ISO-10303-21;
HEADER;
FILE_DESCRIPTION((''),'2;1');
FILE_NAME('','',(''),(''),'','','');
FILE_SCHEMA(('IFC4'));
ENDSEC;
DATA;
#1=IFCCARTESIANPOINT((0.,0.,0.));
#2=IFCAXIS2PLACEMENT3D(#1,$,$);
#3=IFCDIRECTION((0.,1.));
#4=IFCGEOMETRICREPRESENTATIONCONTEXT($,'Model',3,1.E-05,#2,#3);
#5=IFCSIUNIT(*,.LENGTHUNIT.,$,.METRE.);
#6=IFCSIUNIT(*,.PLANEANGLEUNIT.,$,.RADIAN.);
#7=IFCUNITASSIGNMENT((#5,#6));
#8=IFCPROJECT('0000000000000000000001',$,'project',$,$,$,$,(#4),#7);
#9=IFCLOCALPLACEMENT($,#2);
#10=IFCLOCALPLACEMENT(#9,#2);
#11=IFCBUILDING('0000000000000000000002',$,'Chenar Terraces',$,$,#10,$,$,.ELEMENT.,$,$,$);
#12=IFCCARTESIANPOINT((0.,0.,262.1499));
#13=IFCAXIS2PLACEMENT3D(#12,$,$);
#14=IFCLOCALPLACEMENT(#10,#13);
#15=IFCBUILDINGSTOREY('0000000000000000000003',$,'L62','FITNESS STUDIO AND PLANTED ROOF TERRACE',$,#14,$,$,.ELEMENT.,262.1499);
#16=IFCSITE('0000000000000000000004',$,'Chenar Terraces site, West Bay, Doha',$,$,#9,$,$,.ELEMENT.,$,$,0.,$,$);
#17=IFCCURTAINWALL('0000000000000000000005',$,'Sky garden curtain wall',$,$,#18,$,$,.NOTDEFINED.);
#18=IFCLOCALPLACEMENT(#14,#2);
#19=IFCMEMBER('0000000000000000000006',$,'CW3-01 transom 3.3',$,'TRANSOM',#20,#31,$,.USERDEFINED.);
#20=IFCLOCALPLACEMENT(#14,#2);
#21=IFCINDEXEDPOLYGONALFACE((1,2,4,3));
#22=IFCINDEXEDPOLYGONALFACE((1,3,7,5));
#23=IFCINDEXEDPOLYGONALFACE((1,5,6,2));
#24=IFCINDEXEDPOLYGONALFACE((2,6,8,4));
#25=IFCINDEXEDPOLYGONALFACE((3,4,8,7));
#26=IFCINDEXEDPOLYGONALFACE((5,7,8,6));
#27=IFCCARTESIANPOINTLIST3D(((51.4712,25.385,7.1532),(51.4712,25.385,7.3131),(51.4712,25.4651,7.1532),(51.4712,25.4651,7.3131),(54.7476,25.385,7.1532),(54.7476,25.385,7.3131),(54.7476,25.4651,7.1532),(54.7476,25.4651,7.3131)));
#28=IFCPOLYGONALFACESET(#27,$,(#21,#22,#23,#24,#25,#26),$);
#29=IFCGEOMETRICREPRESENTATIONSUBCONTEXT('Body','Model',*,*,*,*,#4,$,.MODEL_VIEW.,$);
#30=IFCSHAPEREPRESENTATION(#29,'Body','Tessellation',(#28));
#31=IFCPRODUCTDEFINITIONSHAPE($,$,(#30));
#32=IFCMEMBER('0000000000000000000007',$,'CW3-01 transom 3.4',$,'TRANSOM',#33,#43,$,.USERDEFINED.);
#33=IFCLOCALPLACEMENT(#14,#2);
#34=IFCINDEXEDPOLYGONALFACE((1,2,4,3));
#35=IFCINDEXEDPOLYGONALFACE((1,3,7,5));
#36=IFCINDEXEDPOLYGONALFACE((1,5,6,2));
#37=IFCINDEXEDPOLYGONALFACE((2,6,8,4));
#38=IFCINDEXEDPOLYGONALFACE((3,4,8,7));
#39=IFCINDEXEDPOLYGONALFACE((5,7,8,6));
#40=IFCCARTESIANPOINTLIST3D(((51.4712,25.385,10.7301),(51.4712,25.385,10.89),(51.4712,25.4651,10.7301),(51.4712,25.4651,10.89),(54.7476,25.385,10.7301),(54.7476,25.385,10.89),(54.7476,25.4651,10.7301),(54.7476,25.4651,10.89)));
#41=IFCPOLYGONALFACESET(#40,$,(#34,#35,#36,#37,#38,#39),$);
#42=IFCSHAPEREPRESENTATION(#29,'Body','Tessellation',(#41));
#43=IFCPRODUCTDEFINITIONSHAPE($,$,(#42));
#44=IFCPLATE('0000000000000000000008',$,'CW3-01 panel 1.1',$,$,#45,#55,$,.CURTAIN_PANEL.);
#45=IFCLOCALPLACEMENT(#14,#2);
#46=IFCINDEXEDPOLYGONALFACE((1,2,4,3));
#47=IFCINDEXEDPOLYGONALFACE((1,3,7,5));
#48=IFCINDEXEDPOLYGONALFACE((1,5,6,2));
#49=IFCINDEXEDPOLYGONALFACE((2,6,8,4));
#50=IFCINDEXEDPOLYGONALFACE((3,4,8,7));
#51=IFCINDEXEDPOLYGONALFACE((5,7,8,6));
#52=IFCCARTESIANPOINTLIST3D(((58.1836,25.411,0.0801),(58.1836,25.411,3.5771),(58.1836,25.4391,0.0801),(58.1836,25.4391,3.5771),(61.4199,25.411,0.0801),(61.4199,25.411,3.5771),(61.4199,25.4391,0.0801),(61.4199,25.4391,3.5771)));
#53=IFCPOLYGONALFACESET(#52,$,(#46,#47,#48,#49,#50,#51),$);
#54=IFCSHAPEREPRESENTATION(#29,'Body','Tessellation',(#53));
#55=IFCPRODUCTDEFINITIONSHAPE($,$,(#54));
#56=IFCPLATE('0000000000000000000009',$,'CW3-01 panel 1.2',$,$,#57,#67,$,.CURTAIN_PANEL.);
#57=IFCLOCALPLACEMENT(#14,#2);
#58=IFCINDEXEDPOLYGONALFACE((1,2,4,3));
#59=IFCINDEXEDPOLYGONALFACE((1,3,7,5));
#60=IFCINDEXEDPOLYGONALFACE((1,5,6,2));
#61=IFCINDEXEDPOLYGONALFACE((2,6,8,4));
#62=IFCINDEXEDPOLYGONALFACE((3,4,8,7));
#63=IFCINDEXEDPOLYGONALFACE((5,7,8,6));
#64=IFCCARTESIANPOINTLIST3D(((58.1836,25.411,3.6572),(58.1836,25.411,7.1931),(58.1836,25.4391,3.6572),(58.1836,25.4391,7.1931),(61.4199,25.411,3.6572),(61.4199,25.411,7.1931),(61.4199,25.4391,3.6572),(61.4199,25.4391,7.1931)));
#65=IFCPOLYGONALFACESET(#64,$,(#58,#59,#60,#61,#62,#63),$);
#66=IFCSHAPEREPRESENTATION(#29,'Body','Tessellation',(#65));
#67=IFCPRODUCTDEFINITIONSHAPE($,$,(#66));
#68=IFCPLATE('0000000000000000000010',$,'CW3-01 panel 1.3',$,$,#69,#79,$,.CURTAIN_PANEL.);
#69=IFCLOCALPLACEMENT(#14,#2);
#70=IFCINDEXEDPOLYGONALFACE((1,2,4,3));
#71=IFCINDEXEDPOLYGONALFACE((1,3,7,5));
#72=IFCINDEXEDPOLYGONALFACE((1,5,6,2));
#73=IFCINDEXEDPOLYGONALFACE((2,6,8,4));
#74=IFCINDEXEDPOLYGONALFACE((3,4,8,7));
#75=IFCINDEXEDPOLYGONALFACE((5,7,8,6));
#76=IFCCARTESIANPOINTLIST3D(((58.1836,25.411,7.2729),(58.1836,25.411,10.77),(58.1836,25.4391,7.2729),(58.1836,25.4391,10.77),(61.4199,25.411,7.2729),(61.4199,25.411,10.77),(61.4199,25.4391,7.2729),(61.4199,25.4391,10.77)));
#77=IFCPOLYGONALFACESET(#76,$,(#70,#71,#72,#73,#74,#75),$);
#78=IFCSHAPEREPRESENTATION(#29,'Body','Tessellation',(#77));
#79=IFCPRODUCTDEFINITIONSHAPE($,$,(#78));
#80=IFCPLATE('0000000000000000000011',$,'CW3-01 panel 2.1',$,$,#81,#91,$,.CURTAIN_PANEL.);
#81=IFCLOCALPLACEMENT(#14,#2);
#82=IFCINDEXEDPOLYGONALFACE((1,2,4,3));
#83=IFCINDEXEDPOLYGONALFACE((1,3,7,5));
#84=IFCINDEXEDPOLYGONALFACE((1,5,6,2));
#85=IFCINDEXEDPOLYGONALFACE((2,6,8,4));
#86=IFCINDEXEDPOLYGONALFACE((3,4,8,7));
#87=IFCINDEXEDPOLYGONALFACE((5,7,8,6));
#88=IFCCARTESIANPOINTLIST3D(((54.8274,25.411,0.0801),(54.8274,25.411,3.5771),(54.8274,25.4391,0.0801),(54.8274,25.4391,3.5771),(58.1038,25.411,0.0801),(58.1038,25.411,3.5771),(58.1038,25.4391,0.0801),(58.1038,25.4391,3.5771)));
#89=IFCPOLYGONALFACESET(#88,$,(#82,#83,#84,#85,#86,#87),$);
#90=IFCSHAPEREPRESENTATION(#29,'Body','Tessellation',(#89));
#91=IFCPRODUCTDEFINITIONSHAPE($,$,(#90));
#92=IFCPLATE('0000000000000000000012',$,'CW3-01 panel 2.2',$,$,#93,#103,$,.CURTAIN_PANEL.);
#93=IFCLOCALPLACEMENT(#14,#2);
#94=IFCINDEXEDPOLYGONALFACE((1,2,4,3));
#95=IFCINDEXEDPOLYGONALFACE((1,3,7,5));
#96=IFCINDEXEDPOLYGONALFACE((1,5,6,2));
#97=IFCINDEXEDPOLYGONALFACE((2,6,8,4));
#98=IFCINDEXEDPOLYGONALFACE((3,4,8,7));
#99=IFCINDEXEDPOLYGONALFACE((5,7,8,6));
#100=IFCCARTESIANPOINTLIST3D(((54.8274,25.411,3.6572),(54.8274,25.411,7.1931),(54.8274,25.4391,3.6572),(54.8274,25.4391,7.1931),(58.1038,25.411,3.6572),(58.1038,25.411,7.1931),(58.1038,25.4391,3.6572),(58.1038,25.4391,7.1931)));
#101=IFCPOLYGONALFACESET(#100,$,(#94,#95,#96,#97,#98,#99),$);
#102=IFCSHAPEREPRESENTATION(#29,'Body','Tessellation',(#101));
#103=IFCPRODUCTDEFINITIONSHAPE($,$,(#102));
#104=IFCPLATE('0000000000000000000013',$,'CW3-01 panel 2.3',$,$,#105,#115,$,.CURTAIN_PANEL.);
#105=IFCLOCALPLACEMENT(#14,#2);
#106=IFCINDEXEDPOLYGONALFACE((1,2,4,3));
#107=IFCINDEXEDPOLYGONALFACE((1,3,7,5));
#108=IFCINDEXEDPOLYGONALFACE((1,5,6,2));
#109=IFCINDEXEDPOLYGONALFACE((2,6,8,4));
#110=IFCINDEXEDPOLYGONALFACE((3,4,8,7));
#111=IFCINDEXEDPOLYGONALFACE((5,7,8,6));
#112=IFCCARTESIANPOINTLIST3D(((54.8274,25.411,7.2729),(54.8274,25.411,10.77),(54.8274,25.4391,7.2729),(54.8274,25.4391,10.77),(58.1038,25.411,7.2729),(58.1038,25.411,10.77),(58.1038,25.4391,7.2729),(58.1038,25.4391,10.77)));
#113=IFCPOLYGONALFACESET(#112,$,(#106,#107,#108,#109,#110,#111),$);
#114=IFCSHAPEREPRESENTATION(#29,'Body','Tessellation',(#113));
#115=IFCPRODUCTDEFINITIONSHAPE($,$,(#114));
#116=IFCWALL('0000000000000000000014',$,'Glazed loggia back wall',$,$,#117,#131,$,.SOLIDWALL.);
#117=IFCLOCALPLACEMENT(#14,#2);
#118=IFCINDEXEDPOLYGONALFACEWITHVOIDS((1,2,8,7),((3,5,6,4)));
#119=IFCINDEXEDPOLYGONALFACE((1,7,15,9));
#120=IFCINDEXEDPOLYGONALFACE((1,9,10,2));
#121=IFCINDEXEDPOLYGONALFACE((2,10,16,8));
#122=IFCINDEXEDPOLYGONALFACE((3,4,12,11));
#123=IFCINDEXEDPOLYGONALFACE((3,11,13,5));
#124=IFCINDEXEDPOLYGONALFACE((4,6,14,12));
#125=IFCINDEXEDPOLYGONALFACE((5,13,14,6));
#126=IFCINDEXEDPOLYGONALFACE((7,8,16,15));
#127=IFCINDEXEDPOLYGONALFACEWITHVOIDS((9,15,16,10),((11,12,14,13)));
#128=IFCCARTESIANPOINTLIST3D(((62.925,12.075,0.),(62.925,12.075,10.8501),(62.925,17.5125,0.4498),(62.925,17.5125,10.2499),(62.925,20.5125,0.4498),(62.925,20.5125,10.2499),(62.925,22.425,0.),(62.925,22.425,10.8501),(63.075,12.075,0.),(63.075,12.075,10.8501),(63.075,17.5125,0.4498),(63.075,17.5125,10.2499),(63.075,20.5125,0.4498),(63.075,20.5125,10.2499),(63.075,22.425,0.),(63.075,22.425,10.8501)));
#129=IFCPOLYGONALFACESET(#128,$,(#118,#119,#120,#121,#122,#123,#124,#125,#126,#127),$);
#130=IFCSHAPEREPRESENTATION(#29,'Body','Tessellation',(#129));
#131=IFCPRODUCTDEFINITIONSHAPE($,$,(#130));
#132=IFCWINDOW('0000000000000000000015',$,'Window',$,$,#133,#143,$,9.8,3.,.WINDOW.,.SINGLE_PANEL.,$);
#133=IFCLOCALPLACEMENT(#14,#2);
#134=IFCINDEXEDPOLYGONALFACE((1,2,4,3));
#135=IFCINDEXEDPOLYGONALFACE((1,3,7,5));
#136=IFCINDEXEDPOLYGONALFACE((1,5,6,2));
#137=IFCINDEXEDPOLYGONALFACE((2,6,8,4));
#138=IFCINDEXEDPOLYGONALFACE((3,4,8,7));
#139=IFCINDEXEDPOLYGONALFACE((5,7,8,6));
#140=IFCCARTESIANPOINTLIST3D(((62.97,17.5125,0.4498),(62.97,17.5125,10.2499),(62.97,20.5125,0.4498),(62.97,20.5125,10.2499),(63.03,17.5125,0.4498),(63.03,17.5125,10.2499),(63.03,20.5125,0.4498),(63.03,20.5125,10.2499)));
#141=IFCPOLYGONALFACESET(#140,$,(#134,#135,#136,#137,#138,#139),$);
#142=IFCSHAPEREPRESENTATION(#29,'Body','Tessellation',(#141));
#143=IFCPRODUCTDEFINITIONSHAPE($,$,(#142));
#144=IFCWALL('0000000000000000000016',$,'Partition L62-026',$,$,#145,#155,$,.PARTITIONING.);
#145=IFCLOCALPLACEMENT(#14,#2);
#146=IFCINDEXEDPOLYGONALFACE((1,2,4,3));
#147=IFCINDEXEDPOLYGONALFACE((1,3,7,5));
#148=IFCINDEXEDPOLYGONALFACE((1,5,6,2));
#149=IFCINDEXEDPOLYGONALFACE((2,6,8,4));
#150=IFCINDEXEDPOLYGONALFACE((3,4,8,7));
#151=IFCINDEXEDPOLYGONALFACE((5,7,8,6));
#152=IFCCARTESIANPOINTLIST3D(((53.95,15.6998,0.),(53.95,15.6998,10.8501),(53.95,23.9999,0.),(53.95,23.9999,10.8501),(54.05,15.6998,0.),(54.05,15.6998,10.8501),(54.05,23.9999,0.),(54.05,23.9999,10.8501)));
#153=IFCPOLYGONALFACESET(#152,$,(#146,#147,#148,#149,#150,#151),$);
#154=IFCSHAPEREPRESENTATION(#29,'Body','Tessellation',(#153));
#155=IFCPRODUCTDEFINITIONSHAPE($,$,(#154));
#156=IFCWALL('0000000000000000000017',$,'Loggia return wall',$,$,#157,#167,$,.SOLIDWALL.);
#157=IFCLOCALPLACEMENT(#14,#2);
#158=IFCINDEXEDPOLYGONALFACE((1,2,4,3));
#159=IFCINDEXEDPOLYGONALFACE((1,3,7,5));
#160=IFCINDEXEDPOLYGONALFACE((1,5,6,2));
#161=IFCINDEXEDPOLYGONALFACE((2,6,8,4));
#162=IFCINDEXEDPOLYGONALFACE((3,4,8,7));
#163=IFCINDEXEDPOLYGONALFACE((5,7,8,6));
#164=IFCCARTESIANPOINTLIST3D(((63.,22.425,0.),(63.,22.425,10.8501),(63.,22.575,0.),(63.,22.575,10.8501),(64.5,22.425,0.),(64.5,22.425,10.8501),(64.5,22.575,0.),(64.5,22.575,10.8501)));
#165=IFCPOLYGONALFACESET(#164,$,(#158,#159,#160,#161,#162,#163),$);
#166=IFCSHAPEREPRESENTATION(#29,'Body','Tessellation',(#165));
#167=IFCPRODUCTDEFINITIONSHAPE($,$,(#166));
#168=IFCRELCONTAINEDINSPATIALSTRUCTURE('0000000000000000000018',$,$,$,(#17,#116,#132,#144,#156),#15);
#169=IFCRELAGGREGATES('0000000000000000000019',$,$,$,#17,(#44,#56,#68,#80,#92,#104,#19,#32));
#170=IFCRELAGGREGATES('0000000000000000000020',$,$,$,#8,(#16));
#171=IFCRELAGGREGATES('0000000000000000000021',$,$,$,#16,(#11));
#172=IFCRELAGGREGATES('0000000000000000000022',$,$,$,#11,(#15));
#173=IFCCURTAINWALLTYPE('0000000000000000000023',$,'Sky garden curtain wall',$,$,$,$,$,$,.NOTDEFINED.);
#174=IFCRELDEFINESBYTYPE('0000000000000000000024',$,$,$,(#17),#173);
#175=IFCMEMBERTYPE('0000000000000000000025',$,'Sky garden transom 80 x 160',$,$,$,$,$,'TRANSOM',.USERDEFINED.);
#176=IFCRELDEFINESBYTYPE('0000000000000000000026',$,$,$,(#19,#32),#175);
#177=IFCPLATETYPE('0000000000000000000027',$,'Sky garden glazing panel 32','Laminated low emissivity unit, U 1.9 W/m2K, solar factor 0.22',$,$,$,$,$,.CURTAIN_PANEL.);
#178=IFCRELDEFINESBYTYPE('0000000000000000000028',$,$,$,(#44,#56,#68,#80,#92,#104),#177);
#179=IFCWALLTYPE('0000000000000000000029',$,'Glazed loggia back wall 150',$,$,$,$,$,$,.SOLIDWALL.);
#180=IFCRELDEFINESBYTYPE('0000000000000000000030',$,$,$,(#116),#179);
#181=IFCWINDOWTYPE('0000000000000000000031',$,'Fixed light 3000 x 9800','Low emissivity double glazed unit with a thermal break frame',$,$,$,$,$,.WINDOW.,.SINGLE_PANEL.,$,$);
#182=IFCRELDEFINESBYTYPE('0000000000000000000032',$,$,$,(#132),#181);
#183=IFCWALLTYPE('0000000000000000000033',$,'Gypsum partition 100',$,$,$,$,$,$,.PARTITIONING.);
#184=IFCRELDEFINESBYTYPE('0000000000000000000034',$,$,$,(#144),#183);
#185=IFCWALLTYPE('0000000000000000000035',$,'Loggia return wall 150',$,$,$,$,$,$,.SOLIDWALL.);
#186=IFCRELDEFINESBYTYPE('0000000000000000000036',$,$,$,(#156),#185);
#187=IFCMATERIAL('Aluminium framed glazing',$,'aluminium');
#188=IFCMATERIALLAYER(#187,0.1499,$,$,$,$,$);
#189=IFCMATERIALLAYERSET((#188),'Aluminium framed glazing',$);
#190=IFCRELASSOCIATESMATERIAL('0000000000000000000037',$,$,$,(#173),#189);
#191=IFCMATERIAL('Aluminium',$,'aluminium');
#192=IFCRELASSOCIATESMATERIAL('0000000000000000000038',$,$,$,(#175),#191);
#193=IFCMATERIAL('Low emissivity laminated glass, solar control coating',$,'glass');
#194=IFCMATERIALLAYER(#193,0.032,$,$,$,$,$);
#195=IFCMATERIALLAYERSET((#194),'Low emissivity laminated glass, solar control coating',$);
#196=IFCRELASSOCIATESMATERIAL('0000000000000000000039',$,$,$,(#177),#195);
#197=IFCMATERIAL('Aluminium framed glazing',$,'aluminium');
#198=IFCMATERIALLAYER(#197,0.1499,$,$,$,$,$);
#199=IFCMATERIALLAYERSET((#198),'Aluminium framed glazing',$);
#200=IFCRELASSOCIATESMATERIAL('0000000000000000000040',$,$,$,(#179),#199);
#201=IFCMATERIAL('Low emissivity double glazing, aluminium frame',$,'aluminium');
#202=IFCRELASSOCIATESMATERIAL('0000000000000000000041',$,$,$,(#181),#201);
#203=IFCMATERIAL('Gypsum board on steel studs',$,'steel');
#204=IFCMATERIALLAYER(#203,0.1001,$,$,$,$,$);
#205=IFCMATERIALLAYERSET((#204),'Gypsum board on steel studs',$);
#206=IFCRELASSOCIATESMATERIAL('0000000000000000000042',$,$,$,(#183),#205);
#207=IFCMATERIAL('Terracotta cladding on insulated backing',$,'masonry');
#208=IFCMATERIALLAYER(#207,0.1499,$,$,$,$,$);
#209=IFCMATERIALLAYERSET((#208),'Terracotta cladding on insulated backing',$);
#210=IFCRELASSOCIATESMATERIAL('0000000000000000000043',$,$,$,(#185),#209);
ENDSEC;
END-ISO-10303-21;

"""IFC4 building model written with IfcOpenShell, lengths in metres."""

from ifc_helpers import new_model, si_unit, direction, frame, frame_2d, origin, origin_2d, place, context, subcontext, project, spatial, rectangle, extrude, material, layer, layer_set, material_profile, profile_set, type_object, element, fill, aggregate, save


model = new_model("IFC4")

# Units and contexts
model_context = context("Model", 3, precision=1e-05, world=origin(), true_north=direction((0.0, 1.0)))
body_context = subcontext(model_context, "Body", "Model", "MODEL_VIEW")
ifc_project = project(units=[si_unit("LENGTHUNIT", "METRE"), si_unit("PLANEANGLEUNIT", "RADIAN")], contexts=[model_context])

# Site, building, storey
site_placement = place(None, origin())
site = spatial("IfcSite", under=ifc_project, at=site_placement, Name="Chenar Terraces site, West Bay, Doha", CompositionType="ELEMENT", RefElevation=0.0)
building_placement = place(site_placement, origin())
building = spatial("IfcBuilding", under=site, at=building_placement, Name="Chenar Terraces", CompositionType="ELEMENT")
storey_placement = place(building_placement, frame((0.0, 0.0, 262.1499)))
storey = spatial("IfcBuildingStorey", under=building, at=storey_placement, Name="L62", Description="FITNESS STUDIO AND PLANTED ROOF TERRACE", CompositionType="ELEMENT", Elevation=262.1499)

# Curtain wall, members, plates
ifc_material_1 = material(Name="Aluminium framed glazing", Category="aluminium")
ifc_layer_1 = layer(ifc_material_1, 0.1499)
ifc_layer_set_1 = layer_set([ifc_layer_1], Name="Aluminium framed glazing")
curtain_wall_type = type_object("IfcCurtainWallType", Name="Sky garden curtain wall", PredefinedType="NOTDEFINED", material=ifc_layer_set_1)
curtain_wall_placement = place(storey_placement, origin())
curtain_wall = element("IfcCurtainWall", 1, at=curtain_wall_placement, inside=storey, type_object=curtain_wall_type, Name="Sky garden curtain wall", PredefinedType="NOTDEFINED")
ifc_material_2 = material(Name="Aluminium", Category="aluminium")
ifc_material_profile_1 = material_profile(ifc_material_2, rectangle(XDim=0.0801, YDim=0.1599, at=origin_2d()), Name="Sky garden transom 80 x 160")
ifc_profile_set_1 = profile_set([ifc_material_profile_1], Name="Aluminium")
member_type_1 = type_object("IfcMemberType", Name="Sky garden transom 80 x 160", ElementType="TRANSOM", PredefinedType="USERDEFINED", material=ifc_profile_set_1)
member_1_placement = place(storey_placement, frame((54.7476, 25.425, 7.2332), z_axis=(-1.0, 0.0, 0.0), x_axis=(0.0, -1.0, 0.0)))
member_1 = element("IfcMember", 2, at=member_1_placement, type_object=member_type_1, Name="CW3-01 transom 3.3", ObjectType="TRANSOM", PredefinedType="USERDEFINED", context=body_context, shape_type="SweptSolid", body=[
    extrude(rectangle(XDim=0.0801, YDim=0.1599, at=origin_2d()), origin(), (0.0, 0.0, 1.0), 3.2764),
])
member_2_placement = place(storey_placement, frame((54.7476, 25.425, 10.8101), z_axis=(-1.0, 0.0, 0.0), x_axis=(0.0, -1.0, 0.0)))
member_2 = element("IfcMember", 3, at=member_2_placement, type_object=member_type_1, Name="CW3-01 transom 3.4", ObjectType="TRANSOM", PredefinedType="USERDEFINED", context=body_context, shape_type="SweptSolid", body=[
    extrude(rectangle(XDim=0.0801, YDim=0.1599, at=origin_2d()), origin(), (0.0, 0.0, 1.0), 3.2764),
])
ifc_material_3 = material(Name="Low emissivity laminated glass, solar control coating", Category="glass")
ifc_layer_2 = layer(ifc_material_3, 0.032)
ifc_layer_set_2 = layer_set([ifc_layer_2], Name="Low emissivity laminated glass, solar control coating")
plate_type = type_object("IfcPlateType", Name="Sky garden glazing panel 32", Description="Laminated low emissivity unit, U 1.9 W/m2K, solar factor 0.22", PredefinedType="CURTAIN_PANEL", material=ifc_layer_set_2)
plate_1_placement = place(storey_placement, frame((59.8018, 25.425, 0.0801), z_axis=(0.0, 0.0, 1.0), x_axis=(-1.0, 0.0, 0.0)))
plate_1 = element("IfcPlate", 4, at=plate_1_placement, type_object=plate_type, Name="CW3-01 panel 1.1", PredefinedType="CURTAIN_PANEL", context=body_context, shape_type="SweptSolid", body=[
    extrude(rectangle(XDim=3.2363, YDim=0.0281, at=origin_2d()), origin(), (0.0, 0.0, 1.0), 3.4971),
])
plate_2_placement = place(storey_placement, frame((59.8018, 25.425, 3.6572), z_axis=(0.0, 0.0, 1.0), x_axis=(-1.0, 0.0, 0.0)))
plate_2 = element("IfcPlate", 5, at=plate_2_placement, type_object=plate_type, Name="CW3-01 panel 1.2", PredefinedType="CURTAIN_PANEL", context=body_context, shape_type="SweptSolid", body=[
    extrude(rectangle(XDim=3.2363, YDim=0.0281, at=origin_2d()), origin(), (0.0, 0.0, 1.0), 3.5359),
])
plate_3_placement = place(storey_placement, frame((59.8018, 25.425, 7.2729), z_axis=(0.0, 0.0, 1.0), x_axis=(-1.0, 0.0, 0.0)))
plate_3 = element("IfcPlate", 6, at=plate_3_placement, type_object=plate_type, Name="CW3-01 panel 1.3", PredefinedType="CURTAIN_PANEL", context=body_context, shape_type="SweptSolid", body=[
    extrude(rectangle(XDim=3.2363, YDim=0.0281, at=origin_2d()), origin(), (0.0, 0.0, 1.0), 3.4971),
])
plate_4_placement = place(storey_placement, frame((56.4656, 25.425, 0.0801), z_axis=(0.0, 0.0, 1.0), x_axis=(-1.0, 0.0, 0.0)))
plate_4 = element("IfcPlate", 7, at=plate_4_placement, type_object=plate_type, Name="CW3-01 panel 2.1", PredefinedType="CURTAIN_PANEL", context=body_context, shape_type="SweptSolid", body=[
    extrude(rectangle(XDim=3.2764, YDim=0.0281, at=origin_2d()), origin(), (0.0, 0.0, 1.0), 3.4971),
])
plate_5_placement = place(storey_placement, frame((56.4656, 25.425, 3.6572), z_axis=(0.0, 0.0, 1.0), x_axis=(-1.0, 0.0, 0.0)))
plate_5 = element("IfcPlate", 8, at=plate_5_placement, type_object=plate_type, Name="CW3-01 panel 2.2", PredefinedType="CURTAIN_PANEL", context=body_context, shape_type="SweptSolid", body=[
    extrude(rectangle(XDim=3.2764, YDim=0.0281, at=origin_2d()), origin(), (0.0, 0.0, 1.0), 3.5359),
])
plate_6_placement = place(storey_placement, frame((56.4656, 25.425, 7.2729), z_axis=(0.0, 0.0, 1.0), x_axis=(-1.0, 0.0, 0.0)))
plate_6 = element("IfcPlate", 9, at=plate_6_placement, type_object=plate_type, Name="CW3-01 panel 2.3", PredefinedType="CURTAIN_PANEL", context=body_context, shape_type="SweptSolid", body=[
    extrude(rectangle(XDim=3.2764, YDim=0.0281, at=origin_2d()), origin(), (0.0, 0.0, 1.0), 3.4971),
])
aggregate(curtain_wall, [plate_1, plate_2, plate_3, plate_4, plate_5, plate_6, member_1, member_2])

# Wall, opening, window
ifc_material_4 = material(Name="Aluminium framed glazing", Category="aluminium")
ifc_layer_3 = layer(ifc_material_4, 0.1499)
ifc_layer_set_3 = layer_set([ifc_layer_3], Name="Aluminium framed glazing")
wall_type_1 = type_object("IfcWallType", Name="Glazed loggia back wall 150", PredefinedType="SOLIDWALL", material=ifc_layer_set_3)
wall_1_placement = place(storey_placement, frame((63.0, 12.075, 0.0), z_axis=(0.0, 0.0, 1.0), x_axis=(0.0, 1.0, 0.0)))
wall_1 = element("IfcWall", 10, at=wall_1_placement, inside=storey, type_object=wall_type_1, Name="Glazed loggia back wall", PredefinedType="SOLIDWALL", context=body_context, shape_type="SweptSolid", body=[
    extrude(rectangle(XDim=10.3501, YDim=0.1499, at=frame_2d((5.175, 0.0))), origin(), (0.0, 0.0, 1.0), 10.8501),
])
opening_1_placement = place(wall_1_placement, frame((5.4375, 0.0, 0.45)))
opening_1 = element("IfcOpeningElement", 11, at=opening_1_placement, cuts=wall_1, PredefinedType="OPENING", context=body_context, shape_type="SweptSolid", body=[
    extrude(rectangle(XDim=3.0, YDim=9.8, at=frame_2d((1.5, 4.8999))), frame((0.0, 0.085, 0.0), z_axis=(0.0, -1.0, 0.0), x_axis=(1.0, 0.0, 0.0)), (0.0, 0.0, 1.0), 0.1699),
])
ifc_material_5 = material(Name="Low emissivity double glazing, aluminium frame", Category="aluminium")
window_type = type_object("IfcWindowType", Name="Fixed light 3000 x 9800", Description="Low emissivity double glazed unit with a thermal break frame", PartitioningType="SINGLE_PANEL", PredefinedType="WINDOW", material=ifc_material_5)
window_1_placement = place(opening_1_placement, origin())
window_1 = element("IfcWindow", 12, at=window_1_placement, inside=storey, type_object=window_type, Name="Window", OverallHeight=9.8, OverallWidth=3.0, PartitioningType="SINGLE_PANEL", PredefinedType="WINDOW", context=body_context, shape_type="SweptSolid", body=[
    extrude(rectangle(XDim=3.0, YDim=9.8, at=frame_2d((1.5, 4.8999))), frame((0.0, 0.03, 0.0), z_axis=(0.0, -1.0, 0.0), x_axis=(1.0, 0.0, 0.0)), (0.0, 0.0, 1.0), 0.0601),
])
fill(opening_1, window_1)

# Walls
ifc_material_6 = material(Name="Gypsum board on steel studs", Category="steel")
ifc_layer_4 = layer(ifc_material_6, 0.1001)
ifc_layer_set_4 = layer_set([ifc_layer_4], Name="Gypsum board on steel studs")
wall_type_2 = type_object("IfcWallType", Name="Gypsum partition 100", PredefinedType="PARTITIONING", material=ifc_layer_set_4)
wall_2_placement = place(storey_placement, frame((54.0, 15.7, 0.0), z_axis=(0.0, 0.0, 1.0), x_axis=(0.0, 1.0, 0.0)))
element("IfcWall", 13, at=wall_2_placement, inside=storey, type_object=wall_type_2, Name="Partition L62-026", PredefinedType="PARTITIONING", context=body_context, shape_type="SweptSolid", body=[
    extrude(rectangle(XDim=8.3, YDim=0.1001, at=frame_2d((4.1499, 0.0))), origin(), (0.0, 0.0, 1.0), 10.8501),
])
ifc_material_7 = material(Name="Terracotta cladding on insulated backing", Category="masonry")
ifc_layer_5 = layer(ifc_material_7, 0.1499)
ifc_layer_set_5 = layer_set([ifc_layer_5], Name="Terracotta cladding on insulated backing")
wall_type_3 = type_object("IfcWallType", Name="Loggia return wall 150", PredefinedType="SOLIDWALL", material=ifc_layer_set_5)
wall_3_placement = place(storey_placement, frame((64.5, 22.5, 0.0), z_axis=(0.0, 0.0, 1.0), x_axis=(-1.0, 0.0, 0.0)))
element("IfcWall", 14, at=wall_3_placement, inside=storey, type_object=wall_type_3, Name="Loggia return wall", PredefinedType="SOLIDWALL", context=body_context, shape_type="SweptSolid", body=[
    extrude(rectangle(XDim=1.5, YDim=0.1499, at=frame_2d((0.75, 0.0))), origin(), (0.0, 0.0, 1.0), 10.8501),
])

save(model, "model.ifc")
